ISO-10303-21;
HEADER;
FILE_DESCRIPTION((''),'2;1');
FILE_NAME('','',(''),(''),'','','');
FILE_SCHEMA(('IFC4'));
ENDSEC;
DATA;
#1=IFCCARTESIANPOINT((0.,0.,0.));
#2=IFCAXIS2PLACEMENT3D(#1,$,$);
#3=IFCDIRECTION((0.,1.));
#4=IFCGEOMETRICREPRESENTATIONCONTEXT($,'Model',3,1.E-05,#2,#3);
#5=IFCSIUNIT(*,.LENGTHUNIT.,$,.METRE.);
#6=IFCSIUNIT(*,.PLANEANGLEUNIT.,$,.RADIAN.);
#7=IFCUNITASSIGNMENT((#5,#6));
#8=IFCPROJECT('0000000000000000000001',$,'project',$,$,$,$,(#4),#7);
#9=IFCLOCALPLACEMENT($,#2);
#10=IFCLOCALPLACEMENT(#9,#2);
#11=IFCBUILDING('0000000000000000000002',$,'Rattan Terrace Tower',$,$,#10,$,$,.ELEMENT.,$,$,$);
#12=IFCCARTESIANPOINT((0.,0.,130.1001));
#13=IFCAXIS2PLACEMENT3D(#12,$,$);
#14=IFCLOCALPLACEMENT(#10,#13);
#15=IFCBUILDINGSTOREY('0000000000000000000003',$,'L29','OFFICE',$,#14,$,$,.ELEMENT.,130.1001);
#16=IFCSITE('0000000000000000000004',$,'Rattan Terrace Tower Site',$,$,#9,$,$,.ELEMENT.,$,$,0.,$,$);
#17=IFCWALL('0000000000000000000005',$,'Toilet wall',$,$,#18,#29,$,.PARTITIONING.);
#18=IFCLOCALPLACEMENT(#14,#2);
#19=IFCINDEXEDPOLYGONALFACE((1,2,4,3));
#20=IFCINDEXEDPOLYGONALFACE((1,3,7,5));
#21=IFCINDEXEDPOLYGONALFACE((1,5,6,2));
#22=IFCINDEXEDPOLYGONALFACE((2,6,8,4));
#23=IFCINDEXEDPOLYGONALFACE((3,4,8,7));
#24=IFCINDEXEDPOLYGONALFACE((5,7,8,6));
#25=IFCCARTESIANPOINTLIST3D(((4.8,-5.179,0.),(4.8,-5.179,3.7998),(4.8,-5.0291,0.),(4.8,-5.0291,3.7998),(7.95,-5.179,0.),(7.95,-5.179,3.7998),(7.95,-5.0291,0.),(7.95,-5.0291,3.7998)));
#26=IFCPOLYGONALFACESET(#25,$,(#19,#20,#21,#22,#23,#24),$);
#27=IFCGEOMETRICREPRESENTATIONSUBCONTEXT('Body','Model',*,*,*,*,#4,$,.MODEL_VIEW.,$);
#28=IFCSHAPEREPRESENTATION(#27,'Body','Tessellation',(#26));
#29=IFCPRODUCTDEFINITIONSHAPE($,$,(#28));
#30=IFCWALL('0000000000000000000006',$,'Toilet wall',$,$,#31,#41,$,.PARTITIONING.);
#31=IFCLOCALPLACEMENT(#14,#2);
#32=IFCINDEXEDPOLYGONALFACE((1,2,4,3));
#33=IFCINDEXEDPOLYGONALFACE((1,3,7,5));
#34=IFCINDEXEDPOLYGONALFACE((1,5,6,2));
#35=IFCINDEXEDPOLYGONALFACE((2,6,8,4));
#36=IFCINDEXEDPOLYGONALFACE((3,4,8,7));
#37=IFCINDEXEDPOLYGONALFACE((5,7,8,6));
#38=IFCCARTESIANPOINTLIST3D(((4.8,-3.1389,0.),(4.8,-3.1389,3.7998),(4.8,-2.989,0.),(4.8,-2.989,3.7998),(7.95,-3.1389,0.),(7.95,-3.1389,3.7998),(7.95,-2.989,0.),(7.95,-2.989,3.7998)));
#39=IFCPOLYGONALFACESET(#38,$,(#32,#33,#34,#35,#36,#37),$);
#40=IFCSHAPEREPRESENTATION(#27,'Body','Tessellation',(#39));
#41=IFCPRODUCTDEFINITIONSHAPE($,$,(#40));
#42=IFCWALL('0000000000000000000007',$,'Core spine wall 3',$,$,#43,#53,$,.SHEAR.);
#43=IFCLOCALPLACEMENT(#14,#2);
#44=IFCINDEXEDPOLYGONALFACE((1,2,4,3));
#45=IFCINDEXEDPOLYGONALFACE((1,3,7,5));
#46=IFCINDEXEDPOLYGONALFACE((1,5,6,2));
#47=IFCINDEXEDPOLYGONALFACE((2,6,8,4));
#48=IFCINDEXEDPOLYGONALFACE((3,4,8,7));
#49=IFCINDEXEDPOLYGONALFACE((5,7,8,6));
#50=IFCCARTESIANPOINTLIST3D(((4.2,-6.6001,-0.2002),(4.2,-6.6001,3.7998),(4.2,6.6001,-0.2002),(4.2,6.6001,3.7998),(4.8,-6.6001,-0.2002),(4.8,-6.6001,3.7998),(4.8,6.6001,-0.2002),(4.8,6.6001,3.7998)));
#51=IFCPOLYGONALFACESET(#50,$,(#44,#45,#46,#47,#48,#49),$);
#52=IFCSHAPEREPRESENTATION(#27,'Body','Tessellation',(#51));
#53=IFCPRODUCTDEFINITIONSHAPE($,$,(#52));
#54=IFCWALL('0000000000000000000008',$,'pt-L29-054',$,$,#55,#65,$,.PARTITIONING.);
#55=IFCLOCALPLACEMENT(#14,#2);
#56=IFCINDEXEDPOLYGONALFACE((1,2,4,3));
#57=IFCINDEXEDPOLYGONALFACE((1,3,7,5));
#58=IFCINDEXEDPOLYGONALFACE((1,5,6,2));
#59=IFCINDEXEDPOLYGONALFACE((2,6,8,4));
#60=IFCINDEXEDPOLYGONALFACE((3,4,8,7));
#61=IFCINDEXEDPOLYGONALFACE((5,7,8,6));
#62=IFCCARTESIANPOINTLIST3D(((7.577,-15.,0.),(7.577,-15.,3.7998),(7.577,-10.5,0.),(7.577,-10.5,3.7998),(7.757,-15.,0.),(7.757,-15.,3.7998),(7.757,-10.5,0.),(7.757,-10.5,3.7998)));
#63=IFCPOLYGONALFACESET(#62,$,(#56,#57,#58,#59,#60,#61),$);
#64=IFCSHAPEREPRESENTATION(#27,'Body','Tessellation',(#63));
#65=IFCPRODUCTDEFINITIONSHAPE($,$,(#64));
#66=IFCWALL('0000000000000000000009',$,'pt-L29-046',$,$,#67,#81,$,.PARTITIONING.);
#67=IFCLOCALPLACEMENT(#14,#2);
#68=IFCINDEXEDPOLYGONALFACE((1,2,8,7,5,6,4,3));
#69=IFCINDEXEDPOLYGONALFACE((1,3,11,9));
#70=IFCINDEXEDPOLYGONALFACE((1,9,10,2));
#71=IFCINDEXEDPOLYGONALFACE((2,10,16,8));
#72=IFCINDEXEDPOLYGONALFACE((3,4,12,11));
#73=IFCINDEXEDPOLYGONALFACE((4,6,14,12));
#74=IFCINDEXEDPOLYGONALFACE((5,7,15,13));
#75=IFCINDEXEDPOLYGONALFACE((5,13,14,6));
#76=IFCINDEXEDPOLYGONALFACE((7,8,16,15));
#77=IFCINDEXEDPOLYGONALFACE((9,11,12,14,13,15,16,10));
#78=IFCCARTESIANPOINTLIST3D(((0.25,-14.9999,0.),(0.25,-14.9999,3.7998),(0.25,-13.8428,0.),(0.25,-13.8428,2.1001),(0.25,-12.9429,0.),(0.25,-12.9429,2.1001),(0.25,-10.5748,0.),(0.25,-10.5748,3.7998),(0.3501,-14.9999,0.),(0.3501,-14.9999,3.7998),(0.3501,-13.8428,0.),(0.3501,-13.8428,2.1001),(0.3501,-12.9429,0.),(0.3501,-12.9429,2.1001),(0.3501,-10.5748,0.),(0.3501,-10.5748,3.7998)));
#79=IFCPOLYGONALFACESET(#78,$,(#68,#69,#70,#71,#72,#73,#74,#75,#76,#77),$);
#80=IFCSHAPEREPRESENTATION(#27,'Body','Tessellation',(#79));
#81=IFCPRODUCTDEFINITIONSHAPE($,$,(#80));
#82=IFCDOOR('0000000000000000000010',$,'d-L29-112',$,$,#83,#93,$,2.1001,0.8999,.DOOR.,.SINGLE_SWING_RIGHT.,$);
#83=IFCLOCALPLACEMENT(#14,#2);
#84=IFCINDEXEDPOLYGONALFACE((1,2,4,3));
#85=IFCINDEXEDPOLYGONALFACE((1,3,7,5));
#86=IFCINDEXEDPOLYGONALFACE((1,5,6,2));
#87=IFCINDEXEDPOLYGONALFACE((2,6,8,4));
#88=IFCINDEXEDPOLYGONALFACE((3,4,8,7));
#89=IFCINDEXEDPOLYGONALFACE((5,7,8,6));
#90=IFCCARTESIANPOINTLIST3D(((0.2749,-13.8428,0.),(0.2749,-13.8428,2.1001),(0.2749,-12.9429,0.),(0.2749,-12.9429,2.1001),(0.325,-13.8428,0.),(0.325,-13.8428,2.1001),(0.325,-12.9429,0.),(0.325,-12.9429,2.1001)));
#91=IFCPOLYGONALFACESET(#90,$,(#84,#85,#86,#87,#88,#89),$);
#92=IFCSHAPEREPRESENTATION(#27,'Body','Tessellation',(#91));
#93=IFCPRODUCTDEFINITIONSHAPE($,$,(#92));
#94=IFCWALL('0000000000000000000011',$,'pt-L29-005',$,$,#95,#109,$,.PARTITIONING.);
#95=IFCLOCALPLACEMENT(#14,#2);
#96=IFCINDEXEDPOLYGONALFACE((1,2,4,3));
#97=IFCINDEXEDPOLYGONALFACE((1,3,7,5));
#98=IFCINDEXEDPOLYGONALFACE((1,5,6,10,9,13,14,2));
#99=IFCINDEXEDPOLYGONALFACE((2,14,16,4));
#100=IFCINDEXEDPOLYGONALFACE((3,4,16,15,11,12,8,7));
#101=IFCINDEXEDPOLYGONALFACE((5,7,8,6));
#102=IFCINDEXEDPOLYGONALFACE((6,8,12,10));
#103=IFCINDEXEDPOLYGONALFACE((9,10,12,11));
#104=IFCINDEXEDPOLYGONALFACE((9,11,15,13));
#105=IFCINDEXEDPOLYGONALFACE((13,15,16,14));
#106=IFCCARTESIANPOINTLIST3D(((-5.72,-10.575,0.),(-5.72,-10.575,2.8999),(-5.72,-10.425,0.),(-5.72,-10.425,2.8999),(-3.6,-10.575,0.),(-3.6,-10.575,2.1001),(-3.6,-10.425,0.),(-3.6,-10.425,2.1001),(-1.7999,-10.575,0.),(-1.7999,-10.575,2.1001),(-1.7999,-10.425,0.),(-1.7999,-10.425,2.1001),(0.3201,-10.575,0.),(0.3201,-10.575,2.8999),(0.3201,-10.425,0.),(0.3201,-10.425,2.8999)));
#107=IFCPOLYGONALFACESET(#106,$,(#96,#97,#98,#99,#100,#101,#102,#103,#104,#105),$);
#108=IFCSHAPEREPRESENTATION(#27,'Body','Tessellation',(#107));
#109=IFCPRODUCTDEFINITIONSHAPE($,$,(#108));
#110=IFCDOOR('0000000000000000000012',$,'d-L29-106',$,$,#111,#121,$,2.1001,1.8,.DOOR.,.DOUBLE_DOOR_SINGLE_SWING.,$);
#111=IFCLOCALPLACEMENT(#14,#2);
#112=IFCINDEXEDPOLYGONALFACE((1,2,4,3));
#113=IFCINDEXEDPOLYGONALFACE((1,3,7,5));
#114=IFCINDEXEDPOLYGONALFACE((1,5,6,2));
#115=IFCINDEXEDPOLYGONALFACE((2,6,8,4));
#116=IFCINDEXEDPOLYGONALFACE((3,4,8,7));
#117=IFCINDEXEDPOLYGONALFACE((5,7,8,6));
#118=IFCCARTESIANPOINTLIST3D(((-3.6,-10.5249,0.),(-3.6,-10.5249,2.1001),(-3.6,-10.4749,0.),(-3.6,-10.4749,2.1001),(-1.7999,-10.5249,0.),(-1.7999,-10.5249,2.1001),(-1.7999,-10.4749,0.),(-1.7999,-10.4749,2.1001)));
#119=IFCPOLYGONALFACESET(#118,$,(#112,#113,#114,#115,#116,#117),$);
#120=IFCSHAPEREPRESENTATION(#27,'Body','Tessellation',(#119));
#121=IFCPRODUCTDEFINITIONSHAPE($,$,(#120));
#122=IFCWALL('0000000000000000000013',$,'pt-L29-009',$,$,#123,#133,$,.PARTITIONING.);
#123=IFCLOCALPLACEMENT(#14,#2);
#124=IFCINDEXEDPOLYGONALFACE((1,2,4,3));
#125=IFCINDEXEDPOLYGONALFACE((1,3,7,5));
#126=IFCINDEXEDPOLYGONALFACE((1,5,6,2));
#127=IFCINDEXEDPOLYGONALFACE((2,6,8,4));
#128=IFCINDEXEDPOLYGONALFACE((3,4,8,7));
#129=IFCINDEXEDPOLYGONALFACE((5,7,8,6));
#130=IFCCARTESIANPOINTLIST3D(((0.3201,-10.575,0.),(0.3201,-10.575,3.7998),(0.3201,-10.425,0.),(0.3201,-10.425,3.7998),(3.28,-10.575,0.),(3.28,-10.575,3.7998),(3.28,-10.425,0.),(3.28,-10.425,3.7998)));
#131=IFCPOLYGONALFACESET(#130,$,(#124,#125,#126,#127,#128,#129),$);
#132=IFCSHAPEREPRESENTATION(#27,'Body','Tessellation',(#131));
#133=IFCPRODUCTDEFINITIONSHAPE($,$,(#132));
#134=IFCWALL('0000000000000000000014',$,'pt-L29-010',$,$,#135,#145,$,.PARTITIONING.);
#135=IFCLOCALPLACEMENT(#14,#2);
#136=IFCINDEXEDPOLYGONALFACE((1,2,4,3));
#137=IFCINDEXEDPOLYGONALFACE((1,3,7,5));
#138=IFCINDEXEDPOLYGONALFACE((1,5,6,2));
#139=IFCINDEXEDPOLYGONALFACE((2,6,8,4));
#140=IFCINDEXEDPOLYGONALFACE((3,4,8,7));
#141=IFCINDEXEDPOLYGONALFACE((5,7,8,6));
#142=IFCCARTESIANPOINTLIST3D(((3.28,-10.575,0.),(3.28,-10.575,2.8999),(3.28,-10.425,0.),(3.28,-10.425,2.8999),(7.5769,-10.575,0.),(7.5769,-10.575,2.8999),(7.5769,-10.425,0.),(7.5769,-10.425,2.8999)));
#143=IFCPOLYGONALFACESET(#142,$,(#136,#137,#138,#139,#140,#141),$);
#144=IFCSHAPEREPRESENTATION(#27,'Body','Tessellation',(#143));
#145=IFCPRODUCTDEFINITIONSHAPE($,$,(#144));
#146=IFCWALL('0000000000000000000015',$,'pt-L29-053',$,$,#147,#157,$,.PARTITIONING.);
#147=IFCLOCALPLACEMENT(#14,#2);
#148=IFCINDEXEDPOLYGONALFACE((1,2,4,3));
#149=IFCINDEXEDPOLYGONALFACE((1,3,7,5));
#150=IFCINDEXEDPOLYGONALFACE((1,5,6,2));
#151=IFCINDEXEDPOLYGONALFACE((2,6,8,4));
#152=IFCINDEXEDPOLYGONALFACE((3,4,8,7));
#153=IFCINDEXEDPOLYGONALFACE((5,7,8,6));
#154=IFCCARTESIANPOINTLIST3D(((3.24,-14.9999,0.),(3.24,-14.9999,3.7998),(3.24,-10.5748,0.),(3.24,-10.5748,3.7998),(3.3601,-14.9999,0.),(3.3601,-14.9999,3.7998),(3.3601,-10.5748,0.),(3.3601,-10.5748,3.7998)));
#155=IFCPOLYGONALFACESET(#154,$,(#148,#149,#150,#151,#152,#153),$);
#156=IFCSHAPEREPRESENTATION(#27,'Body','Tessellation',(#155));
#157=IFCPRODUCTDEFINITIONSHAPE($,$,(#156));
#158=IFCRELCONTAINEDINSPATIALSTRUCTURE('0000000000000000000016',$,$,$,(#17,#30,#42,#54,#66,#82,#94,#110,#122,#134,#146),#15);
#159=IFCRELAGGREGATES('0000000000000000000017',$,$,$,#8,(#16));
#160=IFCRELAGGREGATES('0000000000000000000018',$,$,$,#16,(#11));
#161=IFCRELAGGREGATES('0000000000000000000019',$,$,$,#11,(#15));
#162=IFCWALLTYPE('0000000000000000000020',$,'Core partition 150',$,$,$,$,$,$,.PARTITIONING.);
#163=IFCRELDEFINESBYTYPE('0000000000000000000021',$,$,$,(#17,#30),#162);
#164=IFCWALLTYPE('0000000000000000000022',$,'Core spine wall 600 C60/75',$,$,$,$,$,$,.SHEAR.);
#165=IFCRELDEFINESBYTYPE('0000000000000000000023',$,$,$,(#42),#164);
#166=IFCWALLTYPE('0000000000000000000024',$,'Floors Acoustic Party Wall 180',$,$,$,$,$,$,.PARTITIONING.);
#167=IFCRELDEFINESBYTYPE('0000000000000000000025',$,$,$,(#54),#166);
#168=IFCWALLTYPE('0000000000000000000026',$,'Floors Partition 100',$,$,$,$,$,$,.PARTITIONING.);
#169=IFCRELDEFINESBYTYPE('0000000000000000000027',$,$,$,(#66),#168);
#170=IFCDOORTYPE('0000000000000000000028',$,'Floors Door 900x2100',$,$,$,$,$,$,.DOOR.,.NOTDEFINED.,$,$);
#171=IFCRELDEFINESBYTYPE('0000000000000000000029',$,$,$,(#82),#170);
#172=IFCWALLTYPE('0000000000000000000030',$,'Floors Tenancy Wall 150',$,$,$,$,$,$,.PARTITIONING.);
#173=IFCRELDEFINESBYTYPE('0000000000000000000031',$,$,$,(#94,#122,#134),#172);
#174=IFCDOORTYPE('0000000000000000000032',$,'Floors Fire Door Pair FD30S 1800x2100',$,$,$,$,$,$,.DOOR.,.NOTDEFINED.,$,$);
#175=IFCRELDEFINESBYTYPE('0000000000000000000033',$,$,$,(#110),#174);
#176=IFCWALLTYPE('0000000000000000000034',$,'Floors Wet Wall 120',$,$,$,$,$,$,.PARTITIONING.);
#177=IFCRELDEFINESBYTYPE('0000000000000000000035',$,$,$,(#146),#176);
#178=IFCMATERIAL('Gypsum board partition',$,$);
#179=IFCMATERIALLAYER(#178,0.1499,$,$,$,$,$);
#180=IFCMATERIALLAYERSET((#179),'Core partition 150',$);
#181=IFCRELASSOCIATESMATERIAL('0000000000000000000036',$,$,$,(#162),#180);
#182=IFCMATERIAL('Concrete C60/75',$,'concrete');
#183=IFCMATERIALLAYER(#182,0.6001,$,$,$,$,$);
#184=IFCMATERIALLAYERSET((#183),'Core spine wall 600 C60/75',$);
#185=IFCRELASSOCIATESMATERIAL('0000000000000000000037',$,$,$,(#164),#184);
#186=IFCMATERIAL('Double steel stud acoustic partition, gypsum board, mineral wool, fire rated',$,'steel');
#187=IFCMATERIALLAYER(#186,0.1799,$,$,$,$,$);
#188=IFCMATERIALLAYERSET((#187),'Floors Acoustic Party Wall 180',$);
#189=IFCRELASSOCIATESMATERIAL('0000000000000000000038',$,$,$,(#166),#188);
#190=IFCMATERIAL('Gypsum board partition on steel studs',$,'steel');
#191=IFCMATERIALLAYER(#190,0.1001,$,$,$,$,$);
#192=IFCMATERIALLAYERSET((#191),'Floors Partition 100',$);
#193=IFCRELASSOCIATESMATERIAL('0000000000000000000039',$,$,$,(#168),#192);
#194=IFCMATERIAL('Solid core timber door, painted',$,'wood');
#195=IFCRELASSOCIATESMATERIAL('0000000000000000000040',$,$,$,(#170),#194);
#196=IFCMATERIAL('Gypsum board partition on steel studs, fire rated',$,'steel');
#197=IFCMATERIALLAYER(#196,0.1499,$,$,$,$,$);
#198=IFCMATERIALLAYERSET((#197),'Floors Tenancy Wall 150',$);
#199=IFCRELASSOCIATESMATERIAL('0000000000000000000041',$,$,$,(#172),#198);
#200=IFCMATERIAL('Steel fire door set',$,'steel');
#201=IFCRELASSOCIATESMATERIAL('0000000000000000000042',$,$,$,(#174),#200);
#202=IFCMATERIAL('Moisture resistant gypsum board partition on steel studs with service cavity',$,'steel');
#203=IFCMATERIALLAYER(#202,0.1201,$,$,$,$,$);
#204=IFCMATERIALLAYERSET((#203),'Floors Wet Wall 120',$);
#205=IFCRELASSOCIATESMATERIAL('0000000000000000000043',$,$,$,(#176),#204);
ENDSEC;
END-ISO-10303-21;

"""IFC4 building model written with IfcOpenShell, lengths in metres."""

from ifc_helpers import new_model, si_unit, direction, frame, frame_2d, origin, place, context, subcontext, project, spatial, rectangle, extrude, material, layer, layer_set, type_object, element, fill, save


model = new_model("IFC4")

# Units and contexts
model_context = context("Model", 3, precision=1e-05, world=origin(), true_north=direction((0.0, 1.0)))
body_context = subcontext(model_context, "Body", "Model", "MODEL_VIEW")
ifc_project = project(units=[si_unit("LENGTHUNIT", "METRE"), si_unit("PLANEANGLEUNIT", "RADIAN")], contexts=[model_context])

# Site, building, storey
site_placement = place(None, origin())
site = spatial("IfcSite", under=ifc_project, at=site_placement, Name="Rattan Terrace Tower Site", CompositionType="ELEMENT", RefElevation=0.0)
building_placement = place(site_placement, origin())
building = spatial("IfcBuilding", under=site, at=building_placement, Name="Rattan Terrace Tower", CompositionType="ELEMENT")
storey_placement = place(building_placement, frame((0.0, 0.0, 130.1001)))
storey = spatial("IfcBuildingStorey", under=building, at=storey_placement, Name="L29", Description="OFFICE", CompositionType="ELEMENT", Elevation=130.1001)

# Walls
ifc_material_1 = material(Name="Gypsum board partition")
ifc_layer_1 = layer(ifc_material_1, 0.1499)
ifc_layer_set_1 = layer_set([ifc_layer_1], Name="Core partition 150")
wall_type_1 = type_object("IfcWallType", Name="Core partition 150", PredefinedType="PARTITIONING", material=ifc_layer_set_1)
for number, where, z_axis, x_axis, name in (
    (1, (4.8, -5.104, 0.0), (0.0, 0.0, 1.0), (1.0, 0.0, 0.0), "Toilet wall"),
    (2, (4.8, -3.064, 0.0), (0.0, 0.0, 1.0), (1.0, 0.0, 0.0), "Toilet wall"),
):
    element("IfcWall", number, at=place(storey_placement, frame(where, z_axis=z_axis, x_axis=x_axis)), inside=storey, type_object=wall_type_1, Name=name, PredefinedType="PARTITIONING", context=body_context, shape_type="SweptSolid", body=[
        extrude(rectangle(XDim=3.1499, YDim=0.1499, at=frame_2d((1.575, 0.0))), origin(), (0.0, 0.0, 1.0), 3.7998),
    ])
ifc_material_2 = material(Name="Concrete C60/75", Category="concrete")
ifc_layer_2 = layer(ifc_material_2, 0.6001)
ifc_layer_set_2 = layer_set([ifc_layer_2], Name="Core spine wall 600 C60/75")
wall_type_2 = type_object("IfcWallType", Name="Core spine wall 600 C60/75", PredefinedType="SHEAR", material=ifc_layer_set_2)
wall_1_placement = place(storey_placement, frame((4.5, -6.6001, -0.2002), z_axis=(0.0, 0.0, 1.0), x_axis=(0.0, 1.0, 0.0)))
element("IfcWall", 3, at=wall_1_placement, inside=storey, type_object=wall_type_2, Name="Core spine wall 3", PredefinedType="SHEAR", context=body_context, shape_type="SweptSolid", body=[
    extrude(rectangle(XDim=13.2002, YDim=0.6001, at=frame_2d((6.6001, 0.0))), origin(), (0.0, 0.0, 1.0), 4.0),
])
ifc_material_3 = material(Name="Double steel stud acoustic partition, gypsum board, mineral wool, fire rated", Category="steel")
ifc_layer_3 = layer(ifc_material_3, 0.1799)
ifc_layer_set_3 = layer_set([ifc_layer_3], Name="Floors Acoustic Party Wall 180")
wall_type_3 = type_object("IfcWallType", Name="Floors Acoustic Party Wall 180", PredefinedType="PARTITIONING", material=ifc_layer_set_3)
wall_2_placement = place(storey_placement, frame((7.667, -10.5, 0.0), z_axis=(0.0, 0.0, 1.0), x_axis=(0.0, -1.0, 0.0)))
element("IfcWall", 4, at=wall_2_placement, inside=storey, type_object=wall_type_3, Name="pt-L29-054", PredefinedType="PARTITIONING", context=body_context, shape_type="SweptSolid", body=[
    extrude(rectangle(XDim=4.5, YDim=0.1799, at=frame_2d((2.25, 0.0))), origin(), (0.0, 0.0, 1.0), 3.7998),
])

# Walls, openings, doors
ifc_material_4 = material(Name="Gypsum board partition on steel studs", Category="steel")
ifc_layer_4 = layer(ifc_material_4, 0.1001)
ifc_layer_set_4 = layer_set([ifc_layer_4], Name="Floors Partition 100")
wall_type_4 = type_object("IfcWallType", Name="Floors Partition 100", PredefinedType="PARTITIONING", material=ifc_layer_set_4)
wall_3_placement = place(storey_placement, frame((0.3, -10.575, 0.0), z_axis=(0.0, 0.0, 1.0), x_axis=(0.0, -1.0, 0.0)))
wall_3 = element("IfcWall", 5, at=wall_3_placement, inside=storey, type_object=wall_type_4, Name="pt-L29-046", PredefinedType="PARTITIONING", context=body_context, shape_type="SweptSolid", body=[
    extrude(rectangle(XDim=4.425, YDim=0.1001, at=frame_2d((2.2124, 0.0))), origin(), (0.0, 0.0, 1.0), 3.7998),
])
opening_1_placement = place(wall_3_placement, frame((2.3679, 0.0, 0.0)))
opening_1 = element("IfcOpeningElement", 6, at=opening_1_placement, cuts=wall_3, PredefinedType="OPENING", context=body_context, shape_type="SweptSolid", body=[
    extrude(rectangle(XDim=0.8999, YDim=2.1001, at=frame_2d((0.45, 1.05))), frame((0.0, 0.0605, 0.0), z_axis=(0.0, -1.0, 0.0), x_axis=(1.0, 0.0, 0.0)), (0.0, 0.0, 1.0), 0.1211),
])
ifc_material_5 = material(Name="Solid core timber door, painted", Category="wood")
door_type_1 = type_object("IfcDoorType", Name="Floors Door 900x2100", OperationType="NOTDEFINED", PredefinedType="DOOR", material=ifc_material_5)
door_1_placement = place(opening_1_placement, origin())
door_1 = element("IfcDoor", 7, at=door_1_placement, inside=storey, type_object=door_type_1, Name="d-L29-112", OperationType="SINGLE_SWING_RIGHT", OverallHeight=2.1001, OverallWidth=0.8999, PredefinedType="DOOR", context=body_context, shape_type="SweptSolid", body=[
    extrude(rectangle(XDim=0.8999, YDim=2.1001, at=frame_2d((0.45, 1.05))), frame((0.0, 0.0249, 0.0), z_axis=(0.0, -1.0, 0.0), x_axis=(1.0, 0.0, 0.0)), (0.0, 0.0, 1.0), 0.05),
])
fill(opening_1, door_1)
ifc_material_6 = material(Name="Gypsum board partition on steel studs, fire rated", Category="steel")
ifc_layer_5 = layer(ifc_material_6, 0.1499)
ifc_layer_set_5 = layer_set([ifc_layer_5], Name="Floors Tenancy Wall 150")
wall_type_5 = type_object("IfcWallType", Name="Floors Tenancy Wall 150", PredefinedType="PARTITIONING", material=ifc_layer_set_5)
wall_4_placement = place(storey_placement, frame((0.3201, -10.5, 0.0), z_axis=(0.0, 0.0, 1.0), x_axis=(-1.0, 0.0, 0.0)))
wall_4 = element("IfcWall", 8, at=wall_4_placement, inside=storey, type_object=wall_type_5, Name="pt-L29-005", PredefinedType="PARTITIONING", context=body_context, shape_type="SweptSolid", body=[
    extrude(rectangle(XDim=6.04, YDim=0.1499, at=frame_2d((3.02, 0.0))), origin(), (0.0, 0.0, 1.0), 2.8999),
])
opening_2_placement = place(wall_4_placement, frame((2.1201, 0.0, 0.0)))
opening_2 = element("IfcOpeningElement", 9, at=opening_2_placement, cuts=wall_4, PredefinedType="OPENING", context=body_context, shape_type="SweptSolid", body=[
    extrude(rectangle(XDim=1.8, YDim=2.1001, at=frame_2d((0.8999, 1.05))), frame((0.0, 0.0854, 0.0), z_axis=(0.0, -1.0, 0.0), x_axis=(1.0, 0.0, 0.0)), (0.0, 0.0, 1.0), 0.1709),
])
ifc_material_7 = material(Name="Steel fire door set", Category="steel")
door_type_2 = type_object("IfcDoorType", Name="Floors Fire Door Pair FD30S 1800x2100", OperationType="NOTDEFINED", PredefinedType="DOOR", material=ifc_material_7)
door_2_placement = place(opening_2_placement, origin())
door_2 = element("IfcDoor", 10, at=door_2_placement, inside=storey, type_object=door_type_2, Name="d-L29-106", OperationType="DOUBLE_DOOR_SINGLE_SWING", OverallHeight=2.1001, OverallWidth=1.8, PredefinedType="DOOR", context=body_context, shape_type="SweptSolid", body=[
    extrude(rectangle(XDim=1.8, YDim=2.1001, at=frame_2d((0.8999, 1.05))), frame((0.0, 0.0249, 0.0), z_axis=(0.0, -1.0, 0.0), x_axis=(1.0, 0.0, 0.0)), (0.0, 0.0, 1.0), 0.05),
])
fill(opening_2, door_2)

# Walls
wall_5_placement = place(storey_placement, frame((3.28, -10.5, 0.0), z_axis=(0.0, 0.0, 1.0), x_axis=(-1.0, 0.0, 0.0)))
element("IfcWall", 11, at=wall_5_placement, inside=storey, type_object=wall_type_5, Name="pt-L29-009", PredefinedType="PARTITIONING", context=body_context, shape_type="SweptSolid", body=[
    extrude(rectangle(XDim=2.96, YDim=0.1499, at=frame_2d((1.48, 0.0))), origin(), (0.0, 0.0, 1.0), 3.7998),
])
wall_6_placement = place(storey_placement, frame((7.5769, -10.5, 0.0), z_axis=(0.0, 0.0, 1.0), x_axis=(-1.0, 0.0, 0.0)))
element("IfcWall", 12, at=wall_6_placement, inside=storey, type_object=wall_type_5, Name="pt-L29-010", PredefinedType="PARTITIONING", context=body_context, shape_type="SweptSolid", body=[
    extrude(rectangle(XDim=4.2969, YDim=0.1499, at=frame_2d((2.1484, 0.0))), origin(), (0.0, 0.0, 1.0), 2.8999),
])
ifc_material_8 = material(Name="Moisture resistant gypsum board partition on steel studs with service cavity", Category="steel")
ifc_layer_6 = layer(ifc_material_8, 0.1201)
ifc_layer_set_6 = layer_set([ifc_layer_6], Name="Floors Wet Wall 120")
wall_type_6 = type_object("IfcWallType", Name="Floors Wet Wall 120", PredefinedType="PARTITIONING", material=ifc_layer_set_6)
wall_7_placement = place(storey_placement, frame((3.3, -10.575, 0.0), z_axis=(0.0, 0.0, 1.0), x_axis=(0.0, -1.0, 0.0)))
element("IfcWall", 13, at=wall_7_placement, inside=storey, type_object=wall_type_6, Name="pt-L29-053", PredefinedType="PARTITIONING", context=body_context, shape_type="SweptSolid", body=[
    extrude(rectangle(XDim=4.425, YDim=0.1201, at=frame_2d((2.2124, 0.0))), origin(), (0.0, 0.0, 1.0), 3.7998),
])

save(model, "model.ifc")
